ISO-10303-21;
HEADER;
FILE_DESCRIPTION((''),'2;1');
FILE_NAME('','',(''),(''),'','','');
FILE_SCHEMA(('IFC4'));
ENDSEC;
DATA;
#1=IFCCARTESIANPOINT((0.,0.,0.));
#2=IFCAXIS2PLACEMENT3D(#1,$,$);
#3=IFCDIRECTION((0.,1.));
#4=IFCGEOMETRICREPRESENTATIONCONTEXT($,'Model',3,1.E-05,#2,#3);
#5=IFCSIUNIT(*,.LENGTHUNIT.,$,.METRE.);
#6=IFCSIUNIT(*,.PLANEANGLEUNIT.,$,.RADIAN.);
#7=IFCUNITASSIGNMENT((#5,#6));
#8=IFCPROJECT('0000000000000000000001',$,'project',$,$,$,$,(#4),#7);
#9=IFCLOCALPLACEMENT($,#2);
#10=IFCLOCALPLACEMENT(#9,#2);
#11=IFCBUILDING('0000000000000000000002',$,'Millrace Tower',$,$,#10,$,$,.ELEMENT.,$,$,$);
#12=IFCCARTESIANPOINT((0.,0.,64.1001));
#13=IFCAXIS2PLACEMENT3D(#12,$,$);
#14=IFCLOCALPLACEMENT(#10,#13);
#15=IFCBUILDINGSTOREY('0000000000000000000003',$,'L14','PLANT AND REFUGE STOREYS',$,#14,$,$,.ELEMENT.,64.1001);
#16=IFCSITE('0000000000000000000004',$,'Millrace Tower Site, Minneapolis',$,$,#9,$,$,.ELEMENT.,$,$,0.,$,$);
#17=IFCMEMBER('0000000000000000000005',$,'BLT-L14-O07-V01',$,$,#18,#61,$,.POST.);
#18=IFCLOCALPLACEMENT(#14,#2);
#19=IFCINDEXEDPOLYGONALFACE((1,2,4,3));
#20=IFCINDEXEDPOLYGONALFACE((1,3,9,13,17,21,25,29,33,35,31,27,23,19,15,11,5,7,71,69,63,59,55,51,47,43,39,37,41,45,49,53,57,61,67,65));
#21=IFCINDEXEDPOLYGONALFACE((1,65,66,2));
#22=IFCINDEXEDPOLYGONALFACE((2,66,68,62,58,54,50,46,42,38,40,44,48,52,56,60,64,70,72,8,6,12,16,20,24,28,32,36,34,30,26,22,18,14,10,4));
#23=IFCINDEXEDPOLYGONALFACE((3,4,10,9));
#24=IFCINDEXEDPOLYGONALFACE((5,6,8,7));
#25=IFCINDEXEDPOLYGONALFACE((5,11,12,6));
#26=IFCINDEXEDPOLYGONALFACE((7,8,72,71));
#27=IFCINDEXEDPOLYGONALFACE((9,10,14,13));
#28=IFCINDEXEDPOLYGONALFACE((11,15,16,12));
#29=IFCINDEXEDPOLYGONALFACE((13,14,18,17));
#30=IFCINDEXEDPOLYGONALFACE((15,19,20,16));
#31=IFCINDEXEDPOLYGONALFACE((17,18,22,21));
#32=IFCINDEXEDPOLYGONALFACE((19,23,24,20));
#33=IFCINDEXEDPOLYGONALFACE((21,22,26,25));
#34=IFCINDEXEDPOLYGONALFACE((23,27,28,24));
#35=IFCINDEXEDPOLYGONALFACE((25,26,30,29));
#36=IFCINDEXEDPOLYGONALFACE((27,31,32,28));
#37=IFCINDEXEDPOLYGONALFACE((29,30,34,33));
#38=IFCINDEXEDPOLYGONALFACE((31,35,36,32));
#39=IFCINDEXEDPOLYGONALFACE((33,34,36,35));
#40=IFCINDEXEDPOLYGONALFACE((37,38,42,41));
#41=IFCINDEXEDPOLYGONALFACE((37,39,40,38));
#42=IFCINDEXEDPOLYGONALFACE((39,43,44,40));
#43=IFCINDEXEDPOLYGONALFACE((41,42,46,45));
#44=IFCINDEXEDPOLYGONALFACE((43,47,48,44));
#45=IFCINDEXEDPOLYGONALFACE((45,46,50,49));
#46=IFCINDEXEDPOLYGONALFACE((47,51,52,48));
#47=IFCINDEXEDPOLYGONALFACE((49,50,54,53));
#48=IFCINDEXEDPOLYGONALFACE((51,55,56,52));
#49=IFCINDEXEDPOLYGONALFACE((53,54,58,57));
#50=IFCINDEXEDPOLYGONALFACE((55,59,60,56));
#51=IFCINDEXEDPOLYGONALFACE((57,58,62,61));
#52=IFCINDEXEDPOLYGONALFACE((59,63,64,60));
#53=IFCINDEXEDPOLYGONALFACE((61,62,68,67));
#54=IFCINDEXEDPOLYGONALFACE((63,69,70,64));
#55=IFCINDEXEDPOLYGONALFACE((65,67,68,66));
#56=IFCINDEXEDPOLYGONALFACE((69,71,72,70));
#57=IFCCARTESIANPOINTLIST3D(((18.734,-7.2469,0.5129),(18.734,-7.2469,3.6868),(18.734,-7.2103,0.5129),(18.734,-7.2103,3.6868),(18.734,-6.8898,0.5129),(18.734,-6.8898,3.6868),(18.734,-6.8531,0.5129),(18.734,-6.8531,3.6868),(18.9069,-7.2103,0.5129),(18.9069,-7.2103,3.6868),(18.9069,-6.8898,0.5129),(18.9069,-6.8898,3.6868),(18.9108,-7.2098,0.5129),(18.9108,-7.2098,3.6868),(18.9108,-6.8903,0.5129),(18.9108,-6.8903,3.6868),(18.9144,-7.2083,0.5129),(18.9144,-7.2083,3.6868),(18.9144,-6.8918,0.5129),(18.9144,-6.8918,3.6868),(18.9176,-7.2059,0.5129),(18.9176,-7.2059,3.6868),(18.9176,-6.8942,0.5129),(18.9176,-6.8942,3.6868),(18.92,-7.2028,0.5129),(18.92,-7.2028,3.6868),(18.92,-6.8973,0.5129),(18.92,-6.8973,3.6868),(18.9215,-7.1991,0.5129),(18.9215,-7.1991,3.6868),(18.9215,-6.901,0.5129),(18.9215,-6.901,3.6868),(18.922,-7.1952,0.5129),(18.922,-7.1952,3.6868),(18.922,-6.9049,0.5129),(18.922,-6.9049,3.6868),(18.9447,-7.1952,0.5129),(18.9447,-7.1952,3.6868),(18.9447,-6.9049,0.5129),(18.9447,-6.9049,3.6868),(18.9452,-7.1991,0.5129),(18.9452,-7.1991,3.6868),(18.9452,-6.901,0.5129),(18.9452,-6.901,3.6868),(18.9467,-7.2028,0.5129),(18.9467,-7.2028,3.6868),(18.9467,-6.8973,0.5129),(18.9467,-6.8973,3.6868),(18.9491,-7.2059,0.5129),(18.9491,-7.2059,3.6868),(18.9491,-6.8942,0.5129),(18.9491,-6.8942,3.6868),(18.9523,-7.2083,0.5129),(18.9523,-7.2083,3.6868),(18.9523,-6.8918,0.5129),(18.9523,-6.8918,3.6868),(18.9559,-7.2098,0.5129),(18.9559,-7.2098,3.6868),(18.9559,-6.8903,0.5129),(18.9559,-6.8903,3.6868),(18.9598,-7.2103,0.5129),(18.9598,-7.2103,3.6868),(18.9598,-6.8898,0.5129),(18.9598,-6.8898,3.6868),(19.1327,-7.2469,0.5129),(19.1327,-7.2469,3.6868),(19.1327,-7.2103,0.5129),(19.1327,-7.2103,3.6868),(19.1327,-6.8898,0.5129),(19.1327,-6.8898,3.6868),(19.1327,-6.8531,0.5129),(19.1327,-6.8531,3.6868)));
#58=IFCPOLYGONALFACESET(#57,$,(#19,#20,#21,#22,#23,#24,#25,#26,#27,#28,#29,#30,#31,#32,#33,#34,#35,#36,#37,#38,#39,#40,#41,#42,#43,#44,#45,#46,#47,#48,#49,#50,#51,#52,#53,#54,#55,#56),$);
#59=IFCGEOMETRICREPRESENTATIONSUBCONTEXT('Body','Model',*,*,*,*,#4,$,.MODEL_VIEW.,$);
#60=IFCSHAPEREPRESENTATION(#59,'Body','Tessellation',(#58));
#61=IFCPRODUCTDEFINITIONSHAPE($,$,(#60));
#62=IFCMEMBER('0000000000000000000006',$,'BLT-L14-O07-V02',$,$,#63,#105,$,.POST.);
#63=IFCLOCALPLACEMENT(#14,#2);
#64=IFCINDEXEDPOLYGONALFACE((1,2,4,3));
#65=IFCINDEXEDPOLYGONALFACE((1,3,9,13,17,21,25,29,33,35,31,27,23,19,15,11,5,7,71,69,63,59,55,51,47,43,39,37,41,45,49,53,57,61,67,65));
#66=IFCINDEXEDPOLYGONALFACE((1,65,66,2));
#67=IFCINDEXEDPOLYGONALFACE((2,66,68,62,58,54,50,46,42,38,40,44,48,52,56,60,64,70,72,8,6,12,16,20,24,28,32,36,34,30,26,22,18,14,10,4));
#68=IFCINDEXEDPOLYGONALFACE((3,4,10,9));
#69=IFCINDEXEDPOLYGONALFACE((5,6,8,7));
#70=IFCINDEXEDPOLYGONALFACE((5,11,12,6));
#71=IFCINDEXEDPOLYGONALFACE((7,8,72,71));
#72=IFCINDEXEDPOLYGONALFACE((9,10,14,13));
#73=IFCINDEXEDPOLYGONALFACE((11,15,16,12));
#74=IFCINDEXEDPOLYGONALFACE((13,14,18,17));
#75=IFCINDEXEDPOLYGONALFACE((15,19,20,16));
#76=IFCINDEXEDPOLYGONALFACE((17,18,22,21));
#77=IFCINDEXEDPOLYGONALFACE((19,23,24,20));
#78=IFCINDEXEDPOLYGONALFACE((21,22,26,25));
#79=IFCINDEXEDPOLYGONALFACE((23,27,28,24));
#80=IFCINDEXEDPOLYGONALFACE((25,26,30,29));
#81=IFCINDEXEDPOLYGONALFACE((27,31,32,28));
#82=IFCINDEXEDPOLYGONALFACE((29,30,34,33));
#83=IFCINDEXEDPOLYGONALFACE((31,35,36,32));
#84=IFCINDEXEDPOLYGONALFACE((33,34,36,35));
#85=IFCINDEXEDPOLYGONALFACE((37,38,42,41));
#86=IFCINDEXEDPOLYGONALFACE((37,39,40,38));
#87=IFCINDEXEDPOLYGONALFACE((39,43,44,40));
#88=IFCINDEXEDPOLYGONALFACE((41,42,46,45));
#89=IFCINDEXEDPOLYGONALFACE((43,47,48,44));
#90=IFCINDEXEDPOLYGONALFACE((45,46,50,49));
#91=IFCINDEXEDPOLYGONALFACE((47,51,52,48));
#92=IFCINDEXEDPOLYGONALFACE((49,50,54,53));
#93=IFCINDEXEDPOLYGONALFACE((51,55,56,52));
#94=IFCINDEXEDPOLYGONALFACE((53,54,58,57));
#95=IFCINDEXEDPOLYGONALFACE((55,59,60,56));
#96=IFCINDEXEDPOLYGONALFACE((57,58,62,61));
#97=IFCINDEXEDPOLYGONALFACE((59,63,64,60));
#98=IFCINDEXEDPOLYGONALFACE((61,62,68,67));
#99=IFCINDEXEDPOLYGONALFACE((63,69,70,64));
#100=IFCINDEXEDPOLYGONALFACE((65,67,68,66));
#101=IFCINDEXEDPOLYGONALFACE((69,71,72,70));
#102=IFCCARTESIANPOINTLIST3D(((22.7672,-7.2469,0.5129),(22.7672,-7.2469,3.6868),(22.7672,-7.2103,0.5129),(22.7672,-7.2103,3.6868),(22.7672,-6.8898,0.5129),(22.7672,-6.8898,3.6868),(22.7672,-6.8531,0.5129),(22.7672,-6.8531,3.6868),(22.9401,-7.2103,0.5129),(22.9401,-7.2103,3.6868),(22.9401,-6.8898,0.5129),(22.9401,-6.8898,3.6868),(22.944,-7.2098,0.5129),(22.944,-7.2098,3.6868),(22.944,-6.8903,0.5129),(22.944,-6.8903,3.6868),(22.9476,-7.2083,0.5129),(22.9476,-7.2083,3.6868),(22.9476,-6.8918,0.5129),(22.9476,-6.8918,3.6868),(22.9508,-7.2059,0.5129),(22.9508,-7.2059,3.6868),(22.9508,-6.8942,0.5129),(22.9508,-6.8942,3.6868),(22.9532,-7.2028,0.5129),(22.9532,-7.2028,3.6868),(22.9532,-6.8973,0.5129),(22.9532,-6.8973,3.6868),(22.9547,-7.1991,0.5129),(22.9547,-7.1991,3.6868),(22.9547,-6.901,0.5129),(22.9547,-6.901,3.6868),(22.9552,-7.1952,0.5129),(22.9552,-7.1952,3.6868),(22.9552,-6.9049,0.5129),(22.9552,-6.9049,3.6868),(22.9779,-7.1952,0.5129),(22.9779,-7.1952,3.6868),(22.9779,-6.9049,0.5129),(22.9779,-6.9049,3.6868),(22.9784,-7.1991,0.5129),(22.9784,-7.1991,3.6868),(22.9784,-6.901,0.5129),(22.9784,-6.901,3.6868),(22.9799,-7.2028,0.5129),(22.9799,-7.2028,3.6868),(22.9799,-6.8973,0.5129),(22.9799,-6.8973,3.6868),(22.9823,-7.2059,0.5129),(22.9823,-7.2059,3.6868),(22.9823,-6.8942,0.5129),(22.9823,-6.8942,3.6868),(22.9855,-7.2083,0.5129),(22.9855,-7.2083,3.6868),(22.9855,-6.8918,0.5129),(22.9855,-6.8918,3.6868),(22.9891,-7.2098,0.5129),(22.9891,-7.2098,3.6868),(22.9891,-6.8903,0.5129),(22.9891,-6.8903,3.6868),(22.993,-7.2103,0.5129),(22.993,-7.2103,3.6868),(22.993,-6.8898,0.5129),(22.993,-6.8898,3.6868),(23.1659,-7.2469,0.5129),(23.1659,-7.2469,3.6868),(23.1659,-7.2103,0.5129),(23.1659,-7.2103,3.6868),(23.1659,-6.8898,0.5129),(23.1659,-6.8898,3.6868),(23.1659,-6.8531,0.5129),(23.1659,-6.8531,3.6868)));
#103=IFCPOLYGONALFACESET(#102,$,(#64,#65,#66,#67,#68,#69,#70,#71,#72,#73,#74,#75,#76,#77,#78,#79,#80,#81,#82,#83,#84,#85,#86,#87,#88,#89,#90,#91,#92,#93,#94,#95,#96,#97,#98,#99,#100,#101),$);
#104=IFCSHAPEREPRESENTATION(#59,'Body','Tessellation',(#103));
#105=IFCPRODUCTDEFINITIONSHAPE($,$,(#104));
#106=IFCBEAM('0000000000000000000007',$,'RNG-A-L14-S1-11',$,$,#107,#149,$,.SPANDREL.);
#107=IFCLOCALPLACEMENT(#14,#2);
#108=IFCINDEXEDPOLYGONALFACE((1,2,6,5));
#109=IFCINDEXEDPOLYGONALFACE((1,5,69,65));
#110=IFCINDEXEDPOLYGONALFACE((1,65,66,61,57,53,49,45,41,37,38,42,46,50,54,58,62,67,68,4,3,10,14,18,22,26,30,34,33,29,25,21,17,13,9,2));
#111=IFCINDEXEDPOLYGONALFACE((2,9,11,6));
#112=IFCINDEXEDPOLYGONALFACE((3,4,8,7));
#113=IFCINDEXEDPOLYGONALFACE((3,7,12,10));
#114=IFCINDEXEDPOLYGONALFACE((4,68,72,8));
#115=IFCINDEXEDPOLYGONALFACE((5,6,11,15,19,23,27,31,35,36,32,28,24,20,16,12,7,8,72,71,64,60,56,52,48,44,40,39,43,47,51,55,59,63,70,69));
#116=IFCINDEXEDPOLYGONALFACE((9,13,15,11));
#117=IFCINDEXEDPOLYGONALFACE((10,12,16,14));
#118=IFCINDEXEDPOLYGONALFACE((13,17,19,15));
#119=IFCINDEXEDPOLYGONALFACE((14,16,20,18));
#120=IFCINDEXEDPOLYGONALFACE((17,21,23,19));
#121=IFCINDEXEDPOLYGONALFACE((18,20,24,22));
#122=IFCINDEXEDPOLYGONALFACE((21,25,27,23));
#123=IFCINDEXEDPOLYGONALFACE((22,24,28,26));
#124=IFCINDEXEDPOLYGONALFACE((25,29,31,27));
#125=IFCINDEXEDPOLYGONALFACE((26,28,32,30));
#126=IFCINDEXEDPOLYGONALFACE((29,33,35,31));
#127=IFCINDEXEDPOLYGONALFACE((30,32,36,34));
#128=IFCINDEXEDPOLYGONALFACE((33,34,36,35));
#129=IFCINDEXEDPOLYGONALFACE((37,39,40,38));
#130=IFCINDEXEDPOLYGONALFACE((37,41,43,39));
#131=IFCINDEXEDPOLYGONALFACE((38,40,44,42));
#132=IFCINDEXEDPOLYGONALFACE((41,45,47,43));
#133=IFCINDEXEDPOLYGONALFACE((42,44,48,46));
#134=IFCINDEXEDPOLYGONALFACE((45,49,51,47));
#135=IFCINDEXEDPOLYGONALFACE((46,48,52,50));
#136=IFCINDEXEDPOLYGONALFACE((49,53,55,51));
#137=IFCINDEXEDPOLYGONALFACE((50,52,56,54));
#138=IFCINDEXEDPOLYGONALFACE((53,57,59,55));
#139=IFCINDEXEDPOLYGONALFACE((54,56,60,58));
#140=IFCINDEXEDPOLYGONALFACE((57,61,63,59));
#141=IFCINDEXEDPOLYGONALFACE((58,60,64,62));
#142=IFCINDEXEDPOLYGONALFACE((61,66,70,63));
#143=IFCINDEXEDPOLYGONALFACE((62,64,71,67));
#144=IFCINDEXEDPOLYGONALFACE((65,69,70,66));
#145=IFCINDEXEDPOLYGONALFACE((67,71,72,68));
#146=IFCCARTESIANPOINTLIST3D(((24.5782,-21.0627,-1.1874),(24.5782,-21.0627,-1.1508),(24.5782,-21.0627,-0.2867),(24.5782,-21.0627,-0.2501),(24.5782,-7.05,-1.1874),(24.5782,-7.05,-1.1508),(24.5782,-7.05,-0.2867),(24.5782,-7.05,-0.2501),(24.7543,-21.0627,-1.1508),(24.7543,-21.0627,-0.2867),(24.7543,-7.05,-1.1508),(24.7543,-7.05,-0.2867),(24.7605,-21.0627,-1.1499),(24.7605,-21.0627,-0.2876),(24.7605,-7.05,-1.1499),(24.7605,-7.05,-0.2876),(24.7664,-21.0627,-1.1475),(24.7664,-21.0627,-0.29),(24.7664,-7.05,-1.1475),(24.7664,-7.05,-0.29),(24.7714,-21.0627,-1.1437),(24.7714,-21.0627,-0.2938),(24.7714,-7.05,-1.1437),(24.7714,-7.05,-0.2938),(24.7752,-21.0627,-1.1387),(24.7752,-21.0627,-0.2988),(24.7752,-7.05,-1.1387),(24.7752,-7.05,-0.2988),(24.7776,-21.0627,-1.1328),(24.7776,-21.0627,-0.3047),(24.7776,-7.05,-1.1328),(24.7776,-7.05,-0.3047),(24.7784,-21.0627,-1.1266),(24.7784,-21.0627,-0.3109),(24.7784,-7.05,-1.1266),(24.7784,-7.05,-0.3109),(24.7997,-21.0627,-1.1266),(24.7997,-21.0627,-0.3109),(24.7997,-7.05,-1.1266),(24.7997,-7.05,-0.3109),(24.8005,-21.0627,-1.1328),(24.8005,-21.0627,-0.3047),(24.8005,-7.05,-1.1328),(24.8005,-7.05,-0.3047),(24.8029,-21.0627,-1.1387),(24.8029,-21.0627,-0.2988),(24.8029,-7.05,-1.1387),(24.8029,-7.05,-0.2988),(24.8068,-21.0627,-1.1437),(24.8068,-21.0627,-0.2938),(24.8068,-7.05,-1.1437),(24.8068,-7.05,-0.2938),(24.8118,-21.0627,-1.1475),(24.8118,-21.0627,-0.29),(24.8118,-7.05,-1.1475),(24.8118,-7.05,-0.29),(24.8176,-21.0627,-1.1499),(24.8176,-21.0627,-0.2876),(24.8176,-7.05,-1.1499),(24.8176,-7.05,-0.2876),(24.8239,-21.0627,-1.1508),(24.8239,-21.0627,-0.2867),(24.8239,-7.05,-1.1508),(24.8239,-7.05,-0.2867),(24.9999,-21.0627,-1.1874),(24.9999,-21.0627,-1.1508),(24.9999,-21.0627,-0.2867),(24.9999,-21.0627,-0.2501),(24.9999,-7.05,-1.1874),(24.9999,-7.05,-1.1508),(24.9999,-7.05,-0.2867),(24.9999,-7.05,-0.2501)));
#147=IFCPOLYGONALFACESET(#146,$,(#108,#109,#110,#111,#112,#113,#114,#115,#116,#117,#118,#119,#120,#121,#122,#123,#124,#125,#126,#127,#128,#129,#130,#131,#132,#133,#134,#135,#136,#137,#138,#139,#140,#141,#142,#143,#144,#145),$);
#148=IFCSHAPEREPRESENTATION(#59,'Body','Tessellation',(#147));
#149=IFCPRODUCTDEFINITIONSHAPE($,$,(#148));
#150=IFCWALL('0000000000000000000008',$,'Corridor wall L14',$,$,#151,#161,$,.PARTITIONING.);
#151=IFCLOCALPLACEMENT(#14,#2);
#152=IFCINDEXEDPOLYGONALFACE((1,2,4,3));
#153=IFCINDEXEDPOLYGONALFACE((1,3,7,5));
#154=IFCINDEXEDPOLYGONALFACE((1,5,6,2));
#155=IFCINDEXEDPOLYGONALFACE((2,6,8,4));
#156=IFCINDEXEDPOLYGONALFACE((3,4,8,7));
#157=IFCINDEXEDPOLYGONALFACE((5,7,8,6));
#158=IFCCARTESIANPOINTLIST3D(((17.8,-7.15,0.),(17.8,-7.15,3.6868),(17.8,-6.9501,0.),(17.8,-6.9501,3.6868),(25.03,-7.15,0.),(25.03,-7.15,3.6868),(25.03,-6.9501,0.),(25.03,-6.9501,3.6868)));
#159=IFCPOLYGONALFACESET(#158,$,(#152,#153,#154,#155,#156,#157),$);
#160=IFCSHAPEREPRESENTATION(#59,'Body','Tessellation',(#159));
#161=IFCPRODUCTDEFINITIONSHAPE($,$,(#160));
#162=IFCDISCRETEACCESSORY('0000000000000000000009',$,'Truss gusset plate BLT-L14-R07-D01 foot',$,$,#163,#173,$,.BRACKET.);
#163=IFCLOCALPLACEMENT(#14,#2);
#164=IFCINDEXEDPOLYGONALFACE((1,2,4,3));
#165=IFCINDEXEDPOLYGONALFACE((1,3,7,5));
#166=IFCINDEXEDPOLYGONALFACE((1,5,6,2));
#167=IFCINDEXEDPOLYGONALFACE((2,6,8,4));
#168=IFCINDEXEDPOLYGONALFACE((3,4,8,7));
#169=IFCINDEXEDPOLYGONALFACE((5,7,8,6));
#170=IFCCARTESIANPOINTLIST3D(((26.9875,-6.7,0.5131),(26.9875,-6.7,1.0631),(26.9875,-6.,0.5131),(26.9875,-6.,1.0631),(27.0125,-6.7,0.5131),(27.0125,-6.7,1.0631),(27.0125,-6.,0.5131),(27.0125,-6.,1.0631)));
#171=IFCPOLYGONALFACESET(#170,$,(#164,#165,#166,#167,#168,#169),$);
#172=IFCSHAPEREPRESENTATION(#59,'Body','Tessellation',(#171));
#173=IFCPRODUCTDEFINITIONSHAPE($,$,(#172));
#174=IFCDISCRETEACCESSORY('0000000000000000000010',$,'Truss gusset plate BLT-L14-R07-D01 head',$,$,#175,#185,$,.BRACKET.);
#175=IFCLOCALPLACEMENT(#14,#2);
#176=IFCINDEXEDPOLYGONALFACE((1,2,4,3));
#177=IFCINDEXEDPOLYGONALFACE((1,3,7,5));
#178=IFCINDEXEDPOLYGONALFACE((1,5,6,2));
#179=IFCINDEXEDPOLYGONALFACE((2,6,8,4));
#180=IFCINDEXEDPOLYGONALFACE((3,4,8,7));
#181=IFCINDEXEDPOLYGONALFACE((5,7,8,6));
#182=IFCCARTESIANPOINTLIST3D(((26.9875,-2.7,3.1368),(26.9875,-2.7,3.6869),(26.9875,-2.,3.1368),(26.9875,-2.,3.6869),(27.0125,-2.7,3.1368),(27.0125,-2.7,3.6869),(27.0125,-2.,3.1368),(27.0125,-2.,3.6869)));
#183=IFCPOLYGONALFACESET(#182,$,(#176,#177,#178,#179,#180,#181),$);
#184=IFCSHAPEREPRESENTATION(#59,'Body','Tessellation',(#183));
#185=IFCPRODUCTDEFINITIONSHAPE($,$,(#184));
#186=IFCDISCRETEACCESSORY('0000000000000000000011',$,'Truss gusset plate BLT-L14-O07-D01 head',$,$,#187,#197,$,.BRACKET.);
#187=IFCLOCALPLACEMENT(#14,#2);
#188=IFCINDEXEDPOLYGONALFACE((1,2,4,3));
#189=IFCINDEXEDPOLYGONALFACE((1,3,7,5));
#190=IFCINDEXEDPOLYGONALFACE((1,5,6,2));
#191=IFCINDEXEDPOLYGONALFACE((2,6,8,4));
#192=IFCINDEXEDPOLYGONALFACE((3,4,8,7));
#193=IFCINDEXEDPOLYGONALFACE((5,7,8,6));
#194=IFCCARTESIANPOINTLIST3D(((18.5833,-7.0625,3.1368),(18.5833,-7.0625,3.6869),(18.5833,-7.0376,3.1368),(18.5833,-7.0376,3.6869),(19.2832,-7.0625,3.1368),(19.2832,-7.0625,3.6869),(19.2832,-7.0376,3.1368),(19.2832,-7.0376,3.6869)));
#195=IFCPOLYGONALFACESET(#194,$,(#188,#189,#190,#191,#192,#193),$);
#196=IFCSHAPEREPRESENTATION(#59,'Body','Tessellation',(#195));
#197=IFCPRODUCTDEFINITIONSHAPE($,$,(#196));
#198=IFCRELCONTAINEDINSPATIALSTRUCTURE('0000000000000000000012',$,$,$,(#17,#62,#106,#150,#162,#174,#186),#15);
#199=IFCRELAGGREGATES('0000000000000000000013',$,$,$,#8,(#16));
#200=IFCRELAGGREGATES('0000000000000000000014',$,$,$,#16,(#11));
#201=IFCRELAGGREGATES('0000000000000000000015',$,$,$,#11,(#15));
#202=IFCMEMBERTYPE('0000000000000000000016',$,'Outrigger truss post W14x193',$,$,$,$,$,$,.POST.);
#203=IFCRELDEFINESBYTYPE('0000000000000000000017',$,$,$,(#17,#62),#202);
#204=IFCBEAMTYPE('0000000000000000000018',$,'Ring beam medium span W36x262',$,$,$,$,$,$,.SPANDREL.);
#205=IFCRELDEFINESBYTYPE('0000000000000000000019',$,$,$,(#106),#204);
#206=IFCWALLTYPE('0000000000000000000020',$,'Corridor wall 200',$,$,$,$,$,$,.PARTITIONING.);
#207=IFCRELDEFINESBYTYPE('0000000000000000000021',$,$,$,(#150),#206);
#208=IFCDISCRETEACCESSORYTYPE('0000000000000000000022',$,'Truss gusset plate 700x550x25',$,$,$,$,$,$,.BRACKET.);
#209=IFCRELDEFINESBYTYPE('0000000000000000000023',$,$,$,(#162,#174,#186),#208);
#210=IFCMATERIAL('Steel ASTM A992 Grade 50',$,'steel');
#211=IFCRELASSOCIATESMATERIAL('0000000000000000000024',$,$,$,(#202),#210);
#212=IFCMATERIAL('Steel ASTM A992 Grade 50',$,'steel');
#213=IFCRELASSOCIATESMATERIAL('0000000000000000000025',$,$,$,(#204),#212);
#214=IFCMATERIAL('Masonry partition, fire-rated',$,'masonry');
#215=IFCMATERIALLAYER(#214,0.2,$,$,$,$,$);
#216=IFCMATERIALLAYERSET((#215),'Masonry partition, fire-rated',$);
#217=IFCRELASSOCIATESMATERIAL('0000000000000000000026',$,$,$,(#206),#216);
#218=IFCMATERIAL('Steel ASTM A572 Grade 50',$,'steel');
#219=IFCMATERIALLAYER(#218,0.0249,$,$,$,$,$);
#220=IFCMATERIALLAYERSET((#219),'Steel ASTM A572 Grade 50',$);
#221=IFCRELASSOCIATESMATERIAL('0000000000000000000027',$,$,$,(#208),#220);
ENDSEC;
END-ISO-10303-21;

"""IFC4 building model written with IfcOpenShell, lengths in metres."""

from ifc_helpers import new_model, si_unit, direction, frame, frame_2d, origin, origin_2d, place, context, subcontext, project, spatial, rectangle, i_section, extrude, material, layer, layer_set, material_profile, profile_set, type_object, element, save


model = new_model("IFC4")

# Units and contexts
model_context = context("Model", 3, precision=1e-05, world=origin(), true_north=direction((0.0, 1.0)))
body_context = subcontext(model_context, "Body", "Model", "MODEL_VIEW")
ifc_project = project(units=[si_unit("LENGTHUNIT", "METRE"), si_unit("PLANEANGLEUNIT", "RADIAN")], contexts=[model_context])

# Site, building, storey
site_placement = place(None, origin())
site = spatial("IfcSite", under=ifc_project, at=site_placement, Name="Millrace Tower Site, Minneapolis", CompositionType="ELEMENT", RefElevation=0.0)
building_placement = place(site_placement, origin())
building = spatial("IfcBuilding", under=site, at=building_placement, Name="Millrace Tower", CompositionType="ELEMENT")
storey_placement = place(building_placement, frame((0.0, 0.0, 64.1001)))
storey = spatial("IfcBuildingStorey", under=building, at=storey_placement, Name="L14", Description="PLANT AND REFUGE STOREYS", CompositionType="ELEMENT", Elevation=64.1001)

# Members
ifc_material_1 = material(Name="Steel ASTM A992 Grade 50", Category="steel")
ifc_material_profile_1 = material_profile(ifc_material_1, i_section(OverallWidth=0.3987, OverallDepth=0.3938, WebThickness=0.0227, FlangeThickness=0.0366, FilletRadius=0.0151, at=origin_2d()))
ifc_profile_set_1 = profile_set([ifc_material_profile_1], Name="Steel ASTM A992 Grade 50")
member_type_1 = type_object("IfcMemberType", Name="Outrigger truss post W14x193", PredefinedType="POST", material=ifc_profile_set_1)
for number, where, z_axis, x_axis, name in (
    (1, (18.9333, -7.05, 0.5129), (0.0, 0.0, 1.0), (1.0, 0.0, 0.0), "BLT-L14-O07-V01"),
    (2, (22.9666, -7.05, 0.5129), (0.0, 0.0, 1.0), (1.0, 0.0, 0.0), "BLT-L14-O07-V02"),
):
    element("IfcMember", number, at=place(storey_placement, frame(where, z_axis=z_axis, x_axis=x_axis)), inside=storey, type_object=member_type_1, Name=name, PredefinedType="POST", context=body_context, shape_type="SweptSolid", body=[
        extrude(i_section(OverallWidth=0.3987, OverallDepth=0.3938, WebThickness=0.0227, FlangeThickness=0.0366, FilletRadius=0.0151, at=origin_2d()), origin(), (0.0, 0.0, 1.0), 3.1738),
    ])

# Beam
ifc_material_2 = material(Name="Steel ASTM A992 Grade 50", Category="steel")
ifc_material_profile_2 = material_profile(ifc_material_2, i_section(OverallWidth=0.4216, OverallDepth=0.9373, WebThickness=0.0212, FlangeThickness=0.0366, FilletRadius=0.0242, at=origin_2d()))
ifc_profile_set_2 = profile_set([ifc_material_profile_2], Name="Steel ASTM A992 Grade 50")
beam_type_1 = type_object("IfcBeamType", Name="Ring beam medium span W36x262", PredefinedType="SPANDREL", material=ifc_profile_set_2)
beam_1_placement = place(storey_placement, frame((24.7891, -7.05, -0.7188), z_axis=(0.0, -1.0, 0.0), x_axis=(1.0, 0.0, 0.0)))
element("IfcBeam", 3, at=beam_1_placement, inside=storey, type_object=beam_type_1, Name="RNG-A-L14-S1-11", PredefinedType="SPANDREL", context=body_context, shape_type="SweptSolid", body=[
    extrude(i_section(OverallWidth=0.4216, OverallDepth=0.9373, WebThickness=0.0212, FlangeThickness=0.0366, FilletRadius=0.0242, at=origin_2d()), origin(), (0.0, 0.0, 1.0), 14.0127),
])

# Wall
ifc_material_3 = material(Name="Masonry partition, fire-rated", Category="masonry")
ifc_layer_1 = layer(ifc_material_3, 0.2)
ifc_layer_set_1 = layer_set([ifc_layer_1], Name="Masonry partition, fire-rated")
wall_type = type_object("IfcWallType", Name="Corridor wall 200", PredefinedType="PARTITIONING", material=ifc_layer_set_1)
wall_placement = place(storey_placement, frame((17.8, -7.05, 0.0), z_axis=(0.0, 0.0, 1.0), x_axis=(1.0, 0.0, 0.0)))
element("IfcWall", 4, at=wall_placement, inside=storey, type_object=wall_type, Name="Corridor wall L14", PredefinedType="PARTITIONING", context=body_context, shape_type="SweptSolid", body=[
    extrude(rectangle(XDim=7.23, YDim=0.2, at=frame_2d((3.615, 0.0))), origin(), (0.0, 0.0, 1.0), 3.6868),
])

# Discrete accessories
ifc_material_4 = material(Name="Steel ASTM A572 Grade 50", Category="steel")
ifc_layer_2 = layer(ifc_material_4, 0.0249)
ifc_layer_set_2 = layer_set([ifc_layer_2], Name="Steel ASTM A572 Grade 50")
discrete_accessory_type = type_object("IfcDiscreteAccessoryType", Name="Truss gusset plate 700x550x25", PredefinedType="BRACKET", material=ifc_layer_set_2)
for number, where, z_axis, x_axis, name in (
    (5, (27.0, -6.7, 0.7881), (0.0, 1.0, 0.0), (-1.0, 0.0, 0.0), "Truss gusset plate BLT-L14-R07-D01 foot"),
    (6, (27.0, -2.7, 3.4119), (0.0, 1.0, 0.0), (-1.0, 0.0, 0.0), "Truss gusset plate BLT-L14-R07-D01 head"),
    (7, (18.5833, -7.05, 3.4119), (1.0, 0.0, 0.0), (0.0, 1.0, 0.0), "Truss gusset plate BLT-L14-O07-D01 head"),
):
    element("IfcDiscreteAccessory", number, at=place(storey_placement, frame(where, z_axis=z_axis, x_axis=x_axis)), inside=storey, type_object=discrete_accessory_type, Name=name, PredefinedType="BRACKET", context=body_context, shape_type="SweptSolid", body=[
        extrude(rectangle(XDim=0.0249, YDim=0.55, at=origin_2d()), origin(), (0.0, 0.0, 1.0), 0.7),
    ])

save(model, "model.ifc")
